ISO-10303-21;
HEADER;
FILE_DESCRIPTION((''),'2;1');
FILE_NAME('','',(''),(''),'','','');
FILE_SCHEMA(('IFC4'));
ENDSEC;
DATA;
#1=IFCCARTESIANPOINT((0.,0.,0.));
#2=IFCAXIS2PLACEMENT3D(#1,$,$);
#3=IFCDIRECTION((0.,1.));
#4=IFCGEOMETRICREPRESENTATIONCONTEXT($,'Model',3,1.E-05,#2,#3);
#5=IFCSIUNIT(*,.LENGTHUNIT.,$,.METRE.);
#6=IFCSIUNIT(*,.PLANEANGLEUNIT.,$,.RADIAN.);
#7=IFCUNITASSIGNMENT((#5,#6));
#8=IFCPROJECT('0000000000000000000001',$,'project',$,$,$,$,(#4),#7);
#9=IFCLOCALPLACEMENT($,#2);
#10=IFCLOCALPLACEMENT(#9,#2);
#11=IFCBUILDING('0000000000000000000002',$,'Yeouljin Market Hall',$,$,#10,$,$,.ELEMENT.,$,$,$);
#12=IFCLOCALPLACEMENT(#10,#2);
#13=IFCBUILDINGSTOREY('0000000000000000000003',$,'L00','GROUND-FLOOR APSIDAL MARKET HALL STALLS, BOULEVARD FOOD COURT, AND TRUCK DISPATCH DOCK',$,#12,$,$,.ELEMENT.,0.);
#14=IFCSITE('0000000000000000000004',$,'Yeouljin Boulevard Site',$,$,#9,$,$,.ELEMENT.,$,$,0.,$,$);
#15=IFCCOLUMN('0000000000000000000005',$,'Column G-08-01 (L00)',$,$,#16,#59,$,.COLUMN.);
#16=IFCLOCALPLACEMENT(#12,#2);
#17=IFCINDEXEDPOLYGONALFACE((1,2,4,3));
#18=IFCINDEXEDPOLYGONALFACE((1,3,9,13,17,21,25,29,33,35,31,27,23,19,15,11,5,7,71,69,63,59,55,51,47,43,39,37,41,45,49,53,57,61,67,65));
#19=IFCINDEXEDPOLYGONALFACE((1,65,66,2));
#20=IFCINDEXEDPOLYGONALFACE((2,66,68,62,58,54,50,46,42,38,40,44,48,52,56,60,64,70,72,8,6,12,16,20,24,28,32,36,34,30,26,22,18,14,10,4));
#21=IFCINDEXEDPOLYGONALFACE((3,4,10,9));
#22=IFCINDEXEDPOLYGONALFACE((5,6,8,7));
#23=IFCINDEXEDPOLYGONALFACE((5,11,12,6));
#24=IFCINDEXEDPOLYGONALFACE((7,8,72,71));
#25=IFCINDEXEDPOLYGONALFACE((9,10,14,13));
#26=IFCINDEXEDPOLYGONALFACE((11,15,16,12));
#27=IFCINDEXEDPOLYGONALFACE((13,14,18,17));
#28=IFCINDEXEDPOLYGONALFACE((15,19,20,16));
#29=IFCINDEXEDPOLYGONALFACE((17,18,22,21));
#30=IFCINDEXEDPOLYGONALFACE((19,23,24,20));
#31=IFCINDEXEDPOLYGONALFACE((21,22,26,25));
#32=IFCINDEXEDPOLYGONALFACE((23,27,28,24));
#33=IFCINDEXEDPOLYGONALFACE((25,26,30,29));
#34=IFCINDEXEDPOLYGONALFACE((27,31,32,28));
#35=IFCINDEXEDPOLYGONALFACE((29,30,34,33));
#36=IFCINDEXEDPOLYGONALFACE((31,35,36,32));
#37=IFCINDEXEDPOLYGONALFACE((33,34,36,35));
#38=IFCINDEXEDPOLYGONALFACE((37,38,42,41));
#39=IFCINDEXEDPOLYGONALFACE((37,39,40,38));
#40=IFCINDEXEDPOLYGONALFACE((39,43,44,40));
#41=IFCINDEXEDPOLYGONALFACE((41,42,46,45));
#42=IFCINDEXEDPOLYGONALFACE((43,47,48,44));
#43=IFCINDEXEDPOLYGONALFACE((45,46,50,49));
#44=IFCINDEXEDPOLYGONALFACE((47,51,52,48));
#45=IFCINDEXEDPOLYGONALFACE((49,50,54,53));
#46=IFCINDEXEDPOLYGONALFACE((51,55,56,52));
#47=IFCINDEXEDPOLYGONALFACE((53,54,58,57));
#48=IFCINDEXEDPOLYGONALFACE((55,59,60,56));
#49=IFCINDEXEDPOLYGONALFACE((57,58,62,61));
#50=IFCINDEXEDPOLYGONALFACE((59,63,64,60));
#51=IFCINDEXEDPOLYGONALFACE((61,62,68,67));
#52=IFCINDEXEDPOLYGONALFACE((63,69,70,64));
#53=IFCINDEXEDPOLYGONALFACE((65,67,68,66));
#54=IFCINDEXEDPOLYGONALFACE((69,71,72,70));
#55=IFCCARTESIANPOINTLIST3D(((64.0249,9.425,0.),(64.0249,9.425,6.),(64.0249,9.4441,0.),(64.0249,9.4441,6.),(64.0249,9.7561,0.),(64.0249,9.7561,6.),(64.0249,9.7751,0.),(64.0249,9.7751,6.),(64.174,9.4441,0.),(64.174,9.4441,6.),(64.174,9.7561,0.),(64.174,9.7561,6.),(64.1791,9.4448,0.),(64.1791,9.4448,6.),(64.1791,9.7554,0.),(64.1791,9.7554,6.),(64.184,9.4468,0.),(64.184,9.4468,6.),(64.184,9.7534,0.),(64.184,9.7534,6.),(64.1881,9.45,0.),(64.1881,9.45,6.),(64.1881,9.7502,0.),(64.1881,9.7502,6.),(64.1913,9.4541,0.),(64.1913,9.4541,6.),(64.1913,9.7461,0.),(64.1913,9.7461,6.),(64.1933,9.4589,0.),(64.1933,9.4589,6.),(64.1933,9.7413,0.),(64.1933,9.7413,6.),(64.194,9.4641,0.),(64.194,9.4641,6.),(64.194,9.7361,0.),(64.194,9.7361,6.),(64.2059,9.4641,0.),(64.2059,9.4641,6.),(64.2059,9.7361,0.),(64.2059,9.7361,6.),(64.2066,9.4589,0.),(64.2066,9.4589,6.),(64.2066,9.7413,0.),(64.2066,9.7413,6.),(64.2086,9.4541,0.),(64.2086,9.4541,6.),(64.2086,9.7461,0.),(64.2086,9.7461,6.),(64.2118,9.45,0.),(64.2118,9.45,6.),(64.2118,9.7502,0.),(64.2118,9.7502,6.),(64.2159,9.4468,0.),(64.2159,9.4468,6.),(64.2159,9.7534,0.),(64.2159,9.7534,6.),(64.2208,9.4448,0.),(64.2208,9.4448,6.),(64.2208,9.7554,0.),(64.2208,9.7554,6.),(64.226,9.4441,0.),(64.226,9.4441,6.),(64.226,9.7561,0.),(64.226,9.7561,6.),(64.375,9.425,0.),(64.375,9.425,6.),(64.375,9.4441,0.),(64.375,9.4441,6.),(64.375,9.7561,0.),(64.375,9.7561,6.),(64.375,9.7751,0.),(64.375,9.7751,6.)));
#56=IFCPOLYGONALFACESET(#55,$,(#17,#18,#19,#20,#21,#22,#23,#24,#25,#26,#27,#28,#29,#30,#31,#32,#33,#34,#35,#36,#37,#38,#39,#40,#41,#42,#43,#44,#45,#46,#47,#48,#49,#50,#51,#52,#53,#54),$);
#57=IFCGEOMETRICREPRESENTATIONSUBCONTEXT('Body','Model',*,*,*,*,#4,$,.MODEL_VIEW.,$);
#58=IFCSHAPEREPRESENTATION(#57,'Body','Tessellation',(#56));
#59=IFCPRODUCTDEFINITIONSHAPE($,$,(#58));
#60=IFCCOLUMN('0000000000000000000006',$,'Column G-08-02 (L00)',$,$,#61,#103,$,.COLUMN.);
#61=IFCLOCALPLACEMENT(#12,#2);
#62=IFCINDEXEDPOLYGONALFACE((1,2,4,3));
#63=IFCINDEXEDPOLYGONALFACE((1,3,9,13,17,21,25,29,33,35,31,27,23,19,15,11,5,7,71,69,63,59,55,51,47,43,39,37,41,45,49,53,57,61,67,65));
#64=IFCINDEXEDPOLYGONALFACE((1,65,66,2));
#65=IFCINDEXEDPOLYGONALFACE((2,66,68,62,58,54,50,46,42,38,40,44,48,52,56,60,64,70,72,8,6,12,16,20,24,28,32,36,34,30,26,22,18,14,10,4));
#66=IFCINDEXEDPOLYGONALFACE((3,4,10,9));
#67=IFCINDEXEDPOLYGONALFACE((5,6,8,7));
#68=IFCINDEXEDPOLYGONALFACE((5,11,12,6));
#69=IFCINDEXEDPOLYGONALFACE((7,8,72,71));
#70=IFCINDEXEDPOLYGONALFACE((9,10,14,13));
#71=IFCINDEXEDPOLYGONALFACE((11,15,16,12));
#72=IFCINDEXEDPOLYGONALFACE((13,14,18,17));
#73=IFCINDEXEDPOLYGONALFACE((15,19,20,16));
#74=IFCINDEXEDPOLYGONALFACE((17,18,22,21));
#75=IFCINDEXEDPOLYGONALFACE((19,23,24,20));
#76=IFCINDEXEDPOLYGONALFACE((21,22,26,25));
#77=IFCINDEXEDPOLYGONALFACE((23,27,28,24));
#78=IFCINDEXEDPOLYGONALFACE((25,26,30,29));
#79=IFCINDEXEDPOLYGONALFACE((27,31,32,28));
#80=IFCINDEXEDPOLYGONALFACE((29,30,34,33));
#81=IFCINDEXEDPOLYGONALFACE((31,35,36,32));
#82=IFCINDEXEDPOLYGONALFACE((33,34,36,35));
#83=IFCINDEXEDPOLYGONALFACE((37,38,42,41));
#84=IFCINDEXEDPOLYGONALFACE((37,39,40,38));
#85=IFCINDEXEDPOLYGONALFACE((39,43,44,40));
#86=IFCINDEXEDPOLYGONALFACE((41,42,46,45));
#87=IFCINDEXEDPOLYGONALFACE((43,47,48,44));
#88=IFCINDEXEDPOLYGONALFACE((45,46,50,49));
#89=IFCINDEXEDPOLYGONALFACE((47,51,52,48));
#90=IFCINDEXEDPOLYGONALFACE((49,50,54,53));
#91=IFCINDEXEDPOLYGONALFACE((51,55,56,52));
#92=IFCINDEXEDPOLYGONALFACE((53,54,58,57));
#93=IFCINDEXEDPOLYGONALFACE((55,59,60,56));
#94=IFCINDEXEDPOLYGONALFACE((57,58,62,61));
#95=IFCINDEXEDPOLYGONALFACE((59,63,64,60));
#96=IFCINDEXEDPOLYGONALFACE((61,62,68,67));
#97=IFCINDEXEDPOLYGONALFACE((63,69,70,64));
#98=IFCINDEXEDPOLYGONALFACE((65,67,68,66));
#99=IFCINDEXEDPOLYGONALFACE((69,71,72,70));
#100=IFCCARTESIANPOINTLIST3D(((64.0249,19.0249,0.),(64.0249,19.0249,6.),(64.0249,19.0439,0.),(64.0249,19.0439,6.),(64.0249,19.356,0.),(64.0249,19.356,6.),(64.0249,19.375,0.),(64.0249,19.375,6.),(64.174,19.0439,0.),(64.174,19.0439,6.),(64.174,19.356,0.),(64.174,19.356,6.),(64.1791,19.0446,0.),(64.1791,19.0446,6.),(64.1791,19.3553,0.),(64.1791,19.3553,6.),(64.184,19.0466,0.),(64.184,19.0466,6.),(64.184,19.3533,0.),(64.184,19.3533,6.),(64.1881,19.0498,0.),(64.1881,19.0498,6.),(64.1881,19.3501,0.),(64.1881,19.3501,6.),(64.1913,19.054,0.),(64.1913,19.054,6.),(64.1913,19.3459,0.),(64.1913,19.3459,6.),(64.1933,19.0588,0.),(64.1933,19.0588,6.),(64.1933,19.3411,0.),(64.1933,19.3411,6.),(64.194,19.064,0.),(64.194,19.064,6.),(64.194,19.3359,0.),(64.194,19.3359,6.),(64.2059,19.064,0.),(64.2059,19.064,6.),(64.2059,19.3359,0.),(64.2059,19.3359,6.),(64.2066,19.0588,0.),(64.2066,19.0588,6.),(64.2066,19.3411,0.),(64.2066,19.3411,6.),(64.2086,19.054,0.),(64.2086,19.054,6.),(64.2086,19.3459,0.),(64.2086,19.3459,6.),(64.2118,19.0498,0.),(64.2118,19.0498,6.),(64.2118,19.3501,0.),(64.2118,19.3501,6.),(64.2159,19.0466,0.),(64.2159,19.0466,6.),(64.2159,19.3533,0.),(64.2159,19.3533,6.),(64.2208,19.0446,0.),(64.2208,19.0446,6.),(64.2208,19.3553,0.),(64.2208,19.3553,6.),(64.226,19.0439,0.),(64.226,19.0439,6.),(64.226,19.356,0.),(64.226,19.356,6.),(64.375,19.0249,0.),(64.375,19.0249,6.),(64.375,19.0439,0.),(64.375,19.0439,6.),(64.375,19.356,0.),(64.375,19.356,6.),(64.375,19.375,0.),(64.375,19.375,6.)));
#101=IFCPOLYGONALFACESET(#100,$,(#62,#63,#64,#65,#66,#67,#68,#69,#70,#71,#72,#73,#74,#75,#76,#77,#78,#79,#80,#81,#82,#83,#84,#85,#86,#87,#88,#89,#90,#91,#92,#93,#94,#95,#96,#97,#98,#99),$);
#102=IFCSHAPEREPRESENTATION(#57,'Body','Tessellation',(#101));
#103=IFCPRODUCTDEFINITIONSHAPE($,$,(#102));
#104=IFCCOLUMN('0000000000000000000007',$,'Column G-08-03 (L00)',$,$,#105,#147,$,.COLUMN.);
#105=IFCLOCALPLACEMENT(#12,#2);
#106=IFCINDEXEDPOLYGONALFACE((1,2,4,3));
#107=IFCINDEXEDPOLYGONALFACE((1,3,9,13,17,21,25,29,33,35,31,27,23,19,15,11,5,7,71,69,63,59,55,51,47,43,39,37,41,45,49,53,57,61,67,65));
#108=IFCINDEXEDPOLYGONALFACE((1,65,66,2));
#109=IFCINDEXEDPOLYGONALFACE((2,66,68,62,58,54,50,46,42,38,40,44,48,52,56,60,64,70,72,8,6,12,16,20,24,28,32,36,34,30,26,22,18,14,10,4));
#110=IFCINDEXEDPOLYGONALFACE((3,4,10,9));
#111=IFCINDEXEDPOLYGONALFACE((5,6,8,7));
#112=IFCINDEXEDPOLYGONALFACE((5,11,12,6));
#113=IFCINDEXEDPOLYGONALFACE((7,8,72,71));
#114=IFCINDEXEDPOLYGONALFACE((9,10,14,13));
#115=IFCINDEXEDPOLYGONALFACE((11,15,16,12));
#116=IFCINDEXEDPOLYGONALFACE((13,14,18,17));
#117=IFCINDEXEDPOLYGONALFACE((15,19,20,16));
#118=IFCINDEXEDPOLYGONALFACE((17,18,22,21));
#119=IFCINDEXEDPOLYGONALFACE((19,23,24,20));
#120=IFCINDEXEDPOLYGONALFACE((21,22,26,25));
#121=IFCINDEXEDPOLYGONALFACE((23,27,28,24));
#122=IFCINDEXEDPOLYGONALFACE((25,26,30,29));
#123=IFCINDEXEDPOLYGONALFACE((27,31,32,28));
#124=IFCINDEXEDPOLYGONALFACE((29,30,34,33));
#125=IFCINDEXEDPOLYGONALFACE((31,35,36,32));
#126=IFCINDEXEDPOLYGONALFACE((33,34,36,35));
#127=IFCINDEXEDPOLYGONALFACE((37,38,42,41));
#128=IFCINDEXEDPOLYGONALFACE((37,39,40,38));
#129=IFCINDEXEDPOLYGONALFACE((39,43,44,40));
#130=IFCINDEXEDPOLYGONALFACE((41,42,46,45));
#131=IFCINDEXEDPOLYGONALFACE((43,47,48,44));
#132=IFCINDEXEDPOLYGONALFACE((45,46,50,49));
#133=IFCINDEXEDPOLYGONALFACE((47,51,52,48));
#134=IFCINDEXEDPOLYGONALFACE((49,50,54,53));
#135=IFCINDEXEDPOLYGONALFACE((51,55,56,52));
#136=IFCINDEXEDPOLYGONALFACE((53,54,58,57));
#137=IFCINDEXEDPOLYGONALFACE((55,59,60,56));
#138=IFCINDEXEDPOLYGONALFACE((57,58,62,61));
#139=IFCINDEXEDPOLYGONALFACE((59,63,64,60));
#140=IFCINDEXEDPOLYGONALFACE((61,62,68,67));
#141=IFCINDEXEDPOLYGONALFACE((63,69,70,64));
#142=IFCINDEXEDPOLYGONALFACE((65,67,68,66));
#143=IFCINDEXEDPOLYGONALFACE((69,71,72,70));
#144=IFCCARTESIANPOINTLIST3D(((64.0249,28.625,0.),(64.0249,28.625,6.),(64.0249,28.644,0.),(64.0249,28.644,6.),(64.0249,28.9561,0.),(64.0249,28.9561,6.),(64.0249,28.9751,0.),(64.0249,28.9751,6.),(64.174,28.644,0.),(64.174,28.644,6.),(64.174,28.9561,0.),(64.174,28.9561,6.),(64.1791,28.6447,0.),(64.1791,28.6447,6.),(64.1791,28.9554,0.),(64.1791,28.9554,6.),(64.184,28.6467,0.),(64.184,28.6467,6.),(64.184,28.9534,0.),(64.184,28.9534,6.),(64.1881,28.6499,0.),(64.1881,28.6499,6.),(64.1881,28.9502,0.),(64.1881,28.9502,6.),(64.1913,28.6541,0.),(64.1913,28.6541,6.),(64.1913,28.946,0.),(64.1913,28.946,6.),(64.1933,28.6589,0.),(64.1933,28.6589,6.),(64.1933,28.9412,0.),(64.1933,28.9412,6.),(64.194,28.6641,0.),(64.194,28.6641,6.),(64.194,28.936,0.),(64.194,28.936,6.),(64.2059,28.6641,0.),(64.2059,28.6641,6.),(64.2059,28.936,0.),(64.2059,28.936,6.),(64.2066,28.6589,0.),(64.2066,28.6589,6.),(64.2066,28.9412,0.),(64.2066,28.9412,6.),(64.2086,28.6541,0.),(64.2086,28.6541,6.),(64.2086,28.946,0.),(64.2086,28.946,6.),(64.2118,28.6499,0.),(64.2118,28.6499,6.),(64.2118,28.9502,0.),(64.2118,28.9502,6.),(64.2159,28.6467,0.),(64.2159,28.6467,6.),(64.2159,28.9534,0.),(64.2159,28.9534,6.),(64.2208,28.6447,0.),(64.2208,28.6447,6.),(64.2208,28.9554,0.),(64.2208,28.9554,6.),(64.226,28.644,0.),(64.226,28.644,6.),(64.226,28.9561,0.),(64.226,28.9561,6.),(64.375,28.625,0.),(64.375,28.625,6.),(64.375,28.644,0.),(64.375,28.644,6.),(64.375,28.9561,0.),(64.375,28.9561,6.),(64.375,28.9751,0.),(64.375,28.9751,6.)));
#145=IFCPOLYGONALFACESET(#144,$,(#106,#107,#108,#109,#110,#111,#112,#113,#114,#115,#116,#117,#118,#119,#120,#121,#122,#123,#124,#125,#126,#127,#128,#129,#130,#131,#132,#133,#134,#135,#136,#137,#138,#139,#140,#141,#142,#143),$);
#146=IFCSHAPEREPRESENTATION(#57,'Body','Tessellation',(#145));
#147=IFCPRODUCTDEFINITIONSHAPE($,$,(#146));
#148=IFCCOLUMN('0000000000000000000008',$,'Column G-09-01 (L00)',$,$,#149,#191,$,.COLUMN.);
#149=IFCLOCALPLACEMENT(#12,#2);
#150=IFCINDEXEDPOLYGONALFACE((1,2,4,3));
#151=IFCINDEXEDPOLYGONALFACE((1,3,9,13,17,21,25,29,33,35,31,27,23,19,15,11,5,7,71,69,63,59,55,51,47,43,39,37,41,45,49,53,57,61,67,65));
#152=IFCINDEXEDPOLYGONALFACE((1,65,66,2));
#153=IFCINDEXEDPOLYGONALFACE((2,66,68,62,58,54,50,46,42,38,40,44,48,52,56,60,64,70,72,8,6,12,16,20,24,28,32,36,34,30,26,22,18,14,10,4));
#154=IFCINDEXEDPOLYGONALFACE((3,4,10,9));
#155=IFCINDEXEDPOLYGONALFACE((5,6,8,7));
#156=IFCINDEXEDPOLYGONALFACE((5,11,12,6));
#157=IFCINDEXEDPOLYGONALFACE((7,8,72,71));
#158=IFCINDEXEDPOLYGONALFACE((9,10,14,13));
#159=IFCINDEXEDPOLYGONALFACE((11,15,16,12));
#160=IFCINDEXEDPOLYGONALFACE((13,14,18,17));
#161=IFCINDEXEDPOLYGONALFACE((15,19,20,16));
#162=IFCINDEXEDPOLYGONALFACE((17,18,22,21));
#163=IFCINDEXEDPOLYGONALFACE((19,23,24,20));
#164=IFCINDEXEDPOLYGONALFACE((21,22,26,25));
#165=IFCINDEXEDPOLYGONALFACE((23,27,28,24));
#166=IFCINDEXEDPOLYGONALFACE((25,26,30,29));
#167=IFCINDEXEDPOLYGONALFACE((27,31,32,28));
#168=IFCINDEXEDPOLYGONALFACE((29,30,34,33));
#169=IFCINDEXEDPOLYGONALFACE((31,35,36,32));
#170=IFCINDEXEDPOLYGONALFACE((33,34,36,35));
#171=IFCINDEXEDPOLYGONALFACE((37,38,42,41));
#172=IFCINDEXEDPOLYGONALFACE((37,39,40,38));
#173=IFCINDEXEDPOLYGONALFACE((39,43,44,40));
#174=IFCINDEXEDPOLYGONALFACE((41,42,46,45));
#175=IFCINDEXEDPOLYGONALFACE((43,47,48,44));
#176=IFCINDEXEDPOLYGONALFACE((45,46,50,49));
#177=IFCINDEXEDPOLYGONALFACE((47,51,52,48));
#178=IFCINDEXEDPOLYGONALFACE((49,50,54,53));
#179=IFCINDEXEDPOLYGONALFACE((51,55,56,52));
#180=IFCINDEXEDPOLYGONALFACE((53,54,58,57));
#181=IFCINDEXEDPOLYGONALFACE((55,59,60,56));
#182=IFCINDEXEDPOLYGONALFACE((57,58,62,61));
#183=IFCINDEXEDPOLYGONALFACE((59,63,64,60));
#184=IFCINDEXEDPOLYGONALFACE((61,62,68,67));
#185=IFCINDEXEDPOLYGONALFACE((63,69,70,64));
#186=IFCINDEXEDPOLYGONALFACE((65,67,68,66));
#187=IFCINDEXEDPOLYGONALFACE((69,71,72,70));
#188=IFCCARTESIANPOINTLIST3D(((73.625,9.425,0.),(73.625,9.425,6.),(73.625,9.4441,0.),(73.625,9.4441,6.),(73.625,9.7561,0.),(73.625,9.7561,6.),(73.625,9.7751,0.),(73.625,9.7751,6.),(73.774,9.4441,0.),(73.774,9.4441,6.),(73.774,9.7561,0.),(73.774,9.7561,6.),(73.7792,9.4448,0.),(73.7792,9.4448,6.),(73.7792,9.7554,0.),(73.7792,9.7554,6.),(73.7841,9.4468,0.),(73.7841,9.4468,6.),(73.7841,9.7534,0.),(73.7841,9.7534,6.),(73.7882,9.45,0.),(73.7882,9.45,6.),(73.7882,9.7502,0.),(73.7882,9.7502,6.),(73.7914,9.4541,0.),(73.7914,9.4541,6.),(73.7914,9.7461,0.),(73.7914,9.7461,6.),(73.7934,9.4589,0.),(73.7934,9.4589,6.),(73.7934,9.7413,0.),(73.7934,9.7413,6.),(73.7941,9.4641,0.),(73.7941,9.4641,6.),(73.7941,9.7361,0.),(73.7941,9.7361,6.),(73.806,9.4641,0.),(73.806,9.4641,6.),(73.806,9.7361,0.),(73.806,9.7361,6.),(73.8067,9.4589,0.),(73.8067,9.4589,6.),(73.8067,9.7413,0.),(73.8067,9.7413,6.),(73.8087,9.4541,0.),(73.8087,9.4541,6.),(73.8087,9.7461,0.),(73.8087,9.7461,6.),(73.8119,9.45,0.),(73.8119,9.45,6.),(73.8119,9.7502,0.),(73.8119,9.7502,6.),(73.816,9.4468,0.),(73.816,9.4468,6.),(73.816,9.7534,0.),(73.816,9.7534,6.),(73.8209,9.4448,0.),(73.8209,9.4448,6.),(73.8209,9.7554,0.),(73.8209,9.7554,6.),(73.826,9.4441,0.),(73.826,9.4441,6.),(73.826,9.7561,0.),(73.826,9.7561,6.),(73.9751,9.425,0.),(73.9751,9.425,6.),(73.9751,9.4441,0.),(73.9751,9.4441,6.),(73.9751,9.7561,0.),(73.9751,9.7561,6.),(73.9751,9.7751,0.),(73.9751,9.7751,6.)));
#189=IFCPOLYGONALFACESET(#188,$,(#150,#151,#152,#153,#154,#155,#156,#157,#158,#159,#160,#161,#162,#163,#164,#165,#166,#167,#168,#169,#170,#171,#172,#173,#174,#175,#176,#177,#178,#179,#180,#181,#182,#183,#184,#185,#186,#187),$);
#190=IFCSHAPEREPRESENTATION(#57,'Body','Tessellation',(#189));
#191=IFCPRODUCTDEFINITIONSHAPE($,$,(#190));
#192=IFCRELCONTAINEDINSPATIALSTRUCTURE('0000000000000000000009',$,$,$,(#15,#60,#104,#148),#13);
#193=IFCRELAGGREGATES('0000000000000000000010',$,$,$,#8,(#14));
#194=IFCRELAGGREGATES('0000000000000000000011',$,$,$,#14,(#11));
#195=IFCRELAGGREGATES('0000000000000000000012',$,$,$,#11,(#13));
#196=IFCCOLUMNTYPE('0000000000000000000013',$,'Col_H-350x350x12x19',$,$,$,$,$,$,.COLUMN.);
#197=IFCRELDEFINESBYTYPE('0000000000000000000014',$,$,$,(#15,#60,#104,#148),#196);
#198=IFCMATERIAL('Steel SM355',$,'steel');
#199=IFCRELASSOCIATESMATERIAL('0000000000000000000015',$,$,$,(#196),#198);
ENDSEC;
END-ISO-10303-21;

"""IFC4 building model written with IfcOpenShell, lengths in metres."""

from ifc_helpers import new_model, si_unit, direction, frame, origin, origin_2d, place, context, subcontext, project, spatial, i_section, extrude, material, material_profile, profile_set, type_object, element, save


model = new_model("IFC4")

# Units and contexts
model_context = context("Model", 3, precision=1e-05, world=origin(), true_north=direction((0.0, 1.0)))
body_context = subcontext(model_context, "Body", "Model", "MODEL_VIEW")
ifc_project = project(units=[si_unit("LENGTHUNIT", "METRE"), si_unit("PLANEANGLEUNIT", "RADIAN")], contexts=[model_context])

# Site, building, storey
site_placement = place(None, origin())
site = spatial("IfcSite", under=ifc_project, at=site_placement, Name="Yeouljin Boulevard Site", CompositionType="ELEMENT", RefElevation=0.0)
building_placement = place(site_placement, origin())
building = spatial("IfcBuilding", under=site, at=building_placement, Name="Yeouljin Market Hall", CompositionType="ELEMENT")
storey_placement = place(building_placement, origin())
storey = spatial("IfcBuildingStorey", under=building, at=storey_placement, Name="L00", Description="GROUND-FLOOR APSIDAL MARKET HALL STALLS, BOULEVARD FOOD COURT, AND TRUCK DISPATCH DOCK", CompositionType="ELEMENT", Elevation=0.0)

# Columns
ifc_material_1 = material(Name="Steel SM355", Category="steel")
ifc_material_profile_1 = material_profile(ifc_material_1, i_section(OverallWidth=0.3501, OverallDepth=0.3501, WebThickness=0.012, FlangeThickness=0.019, FilletRadius=0.02, at=origin_2d()), Name="H-350x350x12x19")
ifc_profile_set_1 = profile_set([ifc_material_profile_1], Name="Steel SM355")
column_type_1 = type_object("IfcColumnType", Name="Col_H-350x350x12x19", PredefinedType="COLUMN", material=ifc_profile_set_1)
for number, where, z_axis, x_axis, name in (
    (1, (64.2, 9.6001, 0.0), (0.0, 0.0, 1.0), (1.0, 0.0, 0.0), "Column G-08-01 (L00)"),
    (2, (64.2, 19.2, 0.0), (0.0, 0.0, 1.0), (1.0, 0.0, 0.0), "Column G-08-02 (L00)"),
    (3, (64.2, 28.8, 0.0), (0.0, 0.0, 1.0), (1.0, 0.0, 0.0), "Column G-08-03 (L00)"),
    (4, (73.8, 9.6001, 0.0), (0.0, 0.0, 1.0), (1.0, 0.0, 0.0), "Column G-09-01 (L00)"),
):
    element("IfcColumn", number, at=place(storey_placement, frame(where, z_axis=z_axis, x_axis=x_axis)), inside=storey, type_object=column_type_1, Name=name, PredefinedType="COLUMN", context=body_context, shape_type="SweptSolid", body=[
        extrude(i_section(OverallWidth=0.3501, OverallDepth=0.3501, WebThickness=0.012, FlangeThickness=0.019, FilletRadius=0.02, at=origin_2d()), origin(), (0.0, 0.0, 1.0), 6.0),
    ])

save(model, "model.ifc")
